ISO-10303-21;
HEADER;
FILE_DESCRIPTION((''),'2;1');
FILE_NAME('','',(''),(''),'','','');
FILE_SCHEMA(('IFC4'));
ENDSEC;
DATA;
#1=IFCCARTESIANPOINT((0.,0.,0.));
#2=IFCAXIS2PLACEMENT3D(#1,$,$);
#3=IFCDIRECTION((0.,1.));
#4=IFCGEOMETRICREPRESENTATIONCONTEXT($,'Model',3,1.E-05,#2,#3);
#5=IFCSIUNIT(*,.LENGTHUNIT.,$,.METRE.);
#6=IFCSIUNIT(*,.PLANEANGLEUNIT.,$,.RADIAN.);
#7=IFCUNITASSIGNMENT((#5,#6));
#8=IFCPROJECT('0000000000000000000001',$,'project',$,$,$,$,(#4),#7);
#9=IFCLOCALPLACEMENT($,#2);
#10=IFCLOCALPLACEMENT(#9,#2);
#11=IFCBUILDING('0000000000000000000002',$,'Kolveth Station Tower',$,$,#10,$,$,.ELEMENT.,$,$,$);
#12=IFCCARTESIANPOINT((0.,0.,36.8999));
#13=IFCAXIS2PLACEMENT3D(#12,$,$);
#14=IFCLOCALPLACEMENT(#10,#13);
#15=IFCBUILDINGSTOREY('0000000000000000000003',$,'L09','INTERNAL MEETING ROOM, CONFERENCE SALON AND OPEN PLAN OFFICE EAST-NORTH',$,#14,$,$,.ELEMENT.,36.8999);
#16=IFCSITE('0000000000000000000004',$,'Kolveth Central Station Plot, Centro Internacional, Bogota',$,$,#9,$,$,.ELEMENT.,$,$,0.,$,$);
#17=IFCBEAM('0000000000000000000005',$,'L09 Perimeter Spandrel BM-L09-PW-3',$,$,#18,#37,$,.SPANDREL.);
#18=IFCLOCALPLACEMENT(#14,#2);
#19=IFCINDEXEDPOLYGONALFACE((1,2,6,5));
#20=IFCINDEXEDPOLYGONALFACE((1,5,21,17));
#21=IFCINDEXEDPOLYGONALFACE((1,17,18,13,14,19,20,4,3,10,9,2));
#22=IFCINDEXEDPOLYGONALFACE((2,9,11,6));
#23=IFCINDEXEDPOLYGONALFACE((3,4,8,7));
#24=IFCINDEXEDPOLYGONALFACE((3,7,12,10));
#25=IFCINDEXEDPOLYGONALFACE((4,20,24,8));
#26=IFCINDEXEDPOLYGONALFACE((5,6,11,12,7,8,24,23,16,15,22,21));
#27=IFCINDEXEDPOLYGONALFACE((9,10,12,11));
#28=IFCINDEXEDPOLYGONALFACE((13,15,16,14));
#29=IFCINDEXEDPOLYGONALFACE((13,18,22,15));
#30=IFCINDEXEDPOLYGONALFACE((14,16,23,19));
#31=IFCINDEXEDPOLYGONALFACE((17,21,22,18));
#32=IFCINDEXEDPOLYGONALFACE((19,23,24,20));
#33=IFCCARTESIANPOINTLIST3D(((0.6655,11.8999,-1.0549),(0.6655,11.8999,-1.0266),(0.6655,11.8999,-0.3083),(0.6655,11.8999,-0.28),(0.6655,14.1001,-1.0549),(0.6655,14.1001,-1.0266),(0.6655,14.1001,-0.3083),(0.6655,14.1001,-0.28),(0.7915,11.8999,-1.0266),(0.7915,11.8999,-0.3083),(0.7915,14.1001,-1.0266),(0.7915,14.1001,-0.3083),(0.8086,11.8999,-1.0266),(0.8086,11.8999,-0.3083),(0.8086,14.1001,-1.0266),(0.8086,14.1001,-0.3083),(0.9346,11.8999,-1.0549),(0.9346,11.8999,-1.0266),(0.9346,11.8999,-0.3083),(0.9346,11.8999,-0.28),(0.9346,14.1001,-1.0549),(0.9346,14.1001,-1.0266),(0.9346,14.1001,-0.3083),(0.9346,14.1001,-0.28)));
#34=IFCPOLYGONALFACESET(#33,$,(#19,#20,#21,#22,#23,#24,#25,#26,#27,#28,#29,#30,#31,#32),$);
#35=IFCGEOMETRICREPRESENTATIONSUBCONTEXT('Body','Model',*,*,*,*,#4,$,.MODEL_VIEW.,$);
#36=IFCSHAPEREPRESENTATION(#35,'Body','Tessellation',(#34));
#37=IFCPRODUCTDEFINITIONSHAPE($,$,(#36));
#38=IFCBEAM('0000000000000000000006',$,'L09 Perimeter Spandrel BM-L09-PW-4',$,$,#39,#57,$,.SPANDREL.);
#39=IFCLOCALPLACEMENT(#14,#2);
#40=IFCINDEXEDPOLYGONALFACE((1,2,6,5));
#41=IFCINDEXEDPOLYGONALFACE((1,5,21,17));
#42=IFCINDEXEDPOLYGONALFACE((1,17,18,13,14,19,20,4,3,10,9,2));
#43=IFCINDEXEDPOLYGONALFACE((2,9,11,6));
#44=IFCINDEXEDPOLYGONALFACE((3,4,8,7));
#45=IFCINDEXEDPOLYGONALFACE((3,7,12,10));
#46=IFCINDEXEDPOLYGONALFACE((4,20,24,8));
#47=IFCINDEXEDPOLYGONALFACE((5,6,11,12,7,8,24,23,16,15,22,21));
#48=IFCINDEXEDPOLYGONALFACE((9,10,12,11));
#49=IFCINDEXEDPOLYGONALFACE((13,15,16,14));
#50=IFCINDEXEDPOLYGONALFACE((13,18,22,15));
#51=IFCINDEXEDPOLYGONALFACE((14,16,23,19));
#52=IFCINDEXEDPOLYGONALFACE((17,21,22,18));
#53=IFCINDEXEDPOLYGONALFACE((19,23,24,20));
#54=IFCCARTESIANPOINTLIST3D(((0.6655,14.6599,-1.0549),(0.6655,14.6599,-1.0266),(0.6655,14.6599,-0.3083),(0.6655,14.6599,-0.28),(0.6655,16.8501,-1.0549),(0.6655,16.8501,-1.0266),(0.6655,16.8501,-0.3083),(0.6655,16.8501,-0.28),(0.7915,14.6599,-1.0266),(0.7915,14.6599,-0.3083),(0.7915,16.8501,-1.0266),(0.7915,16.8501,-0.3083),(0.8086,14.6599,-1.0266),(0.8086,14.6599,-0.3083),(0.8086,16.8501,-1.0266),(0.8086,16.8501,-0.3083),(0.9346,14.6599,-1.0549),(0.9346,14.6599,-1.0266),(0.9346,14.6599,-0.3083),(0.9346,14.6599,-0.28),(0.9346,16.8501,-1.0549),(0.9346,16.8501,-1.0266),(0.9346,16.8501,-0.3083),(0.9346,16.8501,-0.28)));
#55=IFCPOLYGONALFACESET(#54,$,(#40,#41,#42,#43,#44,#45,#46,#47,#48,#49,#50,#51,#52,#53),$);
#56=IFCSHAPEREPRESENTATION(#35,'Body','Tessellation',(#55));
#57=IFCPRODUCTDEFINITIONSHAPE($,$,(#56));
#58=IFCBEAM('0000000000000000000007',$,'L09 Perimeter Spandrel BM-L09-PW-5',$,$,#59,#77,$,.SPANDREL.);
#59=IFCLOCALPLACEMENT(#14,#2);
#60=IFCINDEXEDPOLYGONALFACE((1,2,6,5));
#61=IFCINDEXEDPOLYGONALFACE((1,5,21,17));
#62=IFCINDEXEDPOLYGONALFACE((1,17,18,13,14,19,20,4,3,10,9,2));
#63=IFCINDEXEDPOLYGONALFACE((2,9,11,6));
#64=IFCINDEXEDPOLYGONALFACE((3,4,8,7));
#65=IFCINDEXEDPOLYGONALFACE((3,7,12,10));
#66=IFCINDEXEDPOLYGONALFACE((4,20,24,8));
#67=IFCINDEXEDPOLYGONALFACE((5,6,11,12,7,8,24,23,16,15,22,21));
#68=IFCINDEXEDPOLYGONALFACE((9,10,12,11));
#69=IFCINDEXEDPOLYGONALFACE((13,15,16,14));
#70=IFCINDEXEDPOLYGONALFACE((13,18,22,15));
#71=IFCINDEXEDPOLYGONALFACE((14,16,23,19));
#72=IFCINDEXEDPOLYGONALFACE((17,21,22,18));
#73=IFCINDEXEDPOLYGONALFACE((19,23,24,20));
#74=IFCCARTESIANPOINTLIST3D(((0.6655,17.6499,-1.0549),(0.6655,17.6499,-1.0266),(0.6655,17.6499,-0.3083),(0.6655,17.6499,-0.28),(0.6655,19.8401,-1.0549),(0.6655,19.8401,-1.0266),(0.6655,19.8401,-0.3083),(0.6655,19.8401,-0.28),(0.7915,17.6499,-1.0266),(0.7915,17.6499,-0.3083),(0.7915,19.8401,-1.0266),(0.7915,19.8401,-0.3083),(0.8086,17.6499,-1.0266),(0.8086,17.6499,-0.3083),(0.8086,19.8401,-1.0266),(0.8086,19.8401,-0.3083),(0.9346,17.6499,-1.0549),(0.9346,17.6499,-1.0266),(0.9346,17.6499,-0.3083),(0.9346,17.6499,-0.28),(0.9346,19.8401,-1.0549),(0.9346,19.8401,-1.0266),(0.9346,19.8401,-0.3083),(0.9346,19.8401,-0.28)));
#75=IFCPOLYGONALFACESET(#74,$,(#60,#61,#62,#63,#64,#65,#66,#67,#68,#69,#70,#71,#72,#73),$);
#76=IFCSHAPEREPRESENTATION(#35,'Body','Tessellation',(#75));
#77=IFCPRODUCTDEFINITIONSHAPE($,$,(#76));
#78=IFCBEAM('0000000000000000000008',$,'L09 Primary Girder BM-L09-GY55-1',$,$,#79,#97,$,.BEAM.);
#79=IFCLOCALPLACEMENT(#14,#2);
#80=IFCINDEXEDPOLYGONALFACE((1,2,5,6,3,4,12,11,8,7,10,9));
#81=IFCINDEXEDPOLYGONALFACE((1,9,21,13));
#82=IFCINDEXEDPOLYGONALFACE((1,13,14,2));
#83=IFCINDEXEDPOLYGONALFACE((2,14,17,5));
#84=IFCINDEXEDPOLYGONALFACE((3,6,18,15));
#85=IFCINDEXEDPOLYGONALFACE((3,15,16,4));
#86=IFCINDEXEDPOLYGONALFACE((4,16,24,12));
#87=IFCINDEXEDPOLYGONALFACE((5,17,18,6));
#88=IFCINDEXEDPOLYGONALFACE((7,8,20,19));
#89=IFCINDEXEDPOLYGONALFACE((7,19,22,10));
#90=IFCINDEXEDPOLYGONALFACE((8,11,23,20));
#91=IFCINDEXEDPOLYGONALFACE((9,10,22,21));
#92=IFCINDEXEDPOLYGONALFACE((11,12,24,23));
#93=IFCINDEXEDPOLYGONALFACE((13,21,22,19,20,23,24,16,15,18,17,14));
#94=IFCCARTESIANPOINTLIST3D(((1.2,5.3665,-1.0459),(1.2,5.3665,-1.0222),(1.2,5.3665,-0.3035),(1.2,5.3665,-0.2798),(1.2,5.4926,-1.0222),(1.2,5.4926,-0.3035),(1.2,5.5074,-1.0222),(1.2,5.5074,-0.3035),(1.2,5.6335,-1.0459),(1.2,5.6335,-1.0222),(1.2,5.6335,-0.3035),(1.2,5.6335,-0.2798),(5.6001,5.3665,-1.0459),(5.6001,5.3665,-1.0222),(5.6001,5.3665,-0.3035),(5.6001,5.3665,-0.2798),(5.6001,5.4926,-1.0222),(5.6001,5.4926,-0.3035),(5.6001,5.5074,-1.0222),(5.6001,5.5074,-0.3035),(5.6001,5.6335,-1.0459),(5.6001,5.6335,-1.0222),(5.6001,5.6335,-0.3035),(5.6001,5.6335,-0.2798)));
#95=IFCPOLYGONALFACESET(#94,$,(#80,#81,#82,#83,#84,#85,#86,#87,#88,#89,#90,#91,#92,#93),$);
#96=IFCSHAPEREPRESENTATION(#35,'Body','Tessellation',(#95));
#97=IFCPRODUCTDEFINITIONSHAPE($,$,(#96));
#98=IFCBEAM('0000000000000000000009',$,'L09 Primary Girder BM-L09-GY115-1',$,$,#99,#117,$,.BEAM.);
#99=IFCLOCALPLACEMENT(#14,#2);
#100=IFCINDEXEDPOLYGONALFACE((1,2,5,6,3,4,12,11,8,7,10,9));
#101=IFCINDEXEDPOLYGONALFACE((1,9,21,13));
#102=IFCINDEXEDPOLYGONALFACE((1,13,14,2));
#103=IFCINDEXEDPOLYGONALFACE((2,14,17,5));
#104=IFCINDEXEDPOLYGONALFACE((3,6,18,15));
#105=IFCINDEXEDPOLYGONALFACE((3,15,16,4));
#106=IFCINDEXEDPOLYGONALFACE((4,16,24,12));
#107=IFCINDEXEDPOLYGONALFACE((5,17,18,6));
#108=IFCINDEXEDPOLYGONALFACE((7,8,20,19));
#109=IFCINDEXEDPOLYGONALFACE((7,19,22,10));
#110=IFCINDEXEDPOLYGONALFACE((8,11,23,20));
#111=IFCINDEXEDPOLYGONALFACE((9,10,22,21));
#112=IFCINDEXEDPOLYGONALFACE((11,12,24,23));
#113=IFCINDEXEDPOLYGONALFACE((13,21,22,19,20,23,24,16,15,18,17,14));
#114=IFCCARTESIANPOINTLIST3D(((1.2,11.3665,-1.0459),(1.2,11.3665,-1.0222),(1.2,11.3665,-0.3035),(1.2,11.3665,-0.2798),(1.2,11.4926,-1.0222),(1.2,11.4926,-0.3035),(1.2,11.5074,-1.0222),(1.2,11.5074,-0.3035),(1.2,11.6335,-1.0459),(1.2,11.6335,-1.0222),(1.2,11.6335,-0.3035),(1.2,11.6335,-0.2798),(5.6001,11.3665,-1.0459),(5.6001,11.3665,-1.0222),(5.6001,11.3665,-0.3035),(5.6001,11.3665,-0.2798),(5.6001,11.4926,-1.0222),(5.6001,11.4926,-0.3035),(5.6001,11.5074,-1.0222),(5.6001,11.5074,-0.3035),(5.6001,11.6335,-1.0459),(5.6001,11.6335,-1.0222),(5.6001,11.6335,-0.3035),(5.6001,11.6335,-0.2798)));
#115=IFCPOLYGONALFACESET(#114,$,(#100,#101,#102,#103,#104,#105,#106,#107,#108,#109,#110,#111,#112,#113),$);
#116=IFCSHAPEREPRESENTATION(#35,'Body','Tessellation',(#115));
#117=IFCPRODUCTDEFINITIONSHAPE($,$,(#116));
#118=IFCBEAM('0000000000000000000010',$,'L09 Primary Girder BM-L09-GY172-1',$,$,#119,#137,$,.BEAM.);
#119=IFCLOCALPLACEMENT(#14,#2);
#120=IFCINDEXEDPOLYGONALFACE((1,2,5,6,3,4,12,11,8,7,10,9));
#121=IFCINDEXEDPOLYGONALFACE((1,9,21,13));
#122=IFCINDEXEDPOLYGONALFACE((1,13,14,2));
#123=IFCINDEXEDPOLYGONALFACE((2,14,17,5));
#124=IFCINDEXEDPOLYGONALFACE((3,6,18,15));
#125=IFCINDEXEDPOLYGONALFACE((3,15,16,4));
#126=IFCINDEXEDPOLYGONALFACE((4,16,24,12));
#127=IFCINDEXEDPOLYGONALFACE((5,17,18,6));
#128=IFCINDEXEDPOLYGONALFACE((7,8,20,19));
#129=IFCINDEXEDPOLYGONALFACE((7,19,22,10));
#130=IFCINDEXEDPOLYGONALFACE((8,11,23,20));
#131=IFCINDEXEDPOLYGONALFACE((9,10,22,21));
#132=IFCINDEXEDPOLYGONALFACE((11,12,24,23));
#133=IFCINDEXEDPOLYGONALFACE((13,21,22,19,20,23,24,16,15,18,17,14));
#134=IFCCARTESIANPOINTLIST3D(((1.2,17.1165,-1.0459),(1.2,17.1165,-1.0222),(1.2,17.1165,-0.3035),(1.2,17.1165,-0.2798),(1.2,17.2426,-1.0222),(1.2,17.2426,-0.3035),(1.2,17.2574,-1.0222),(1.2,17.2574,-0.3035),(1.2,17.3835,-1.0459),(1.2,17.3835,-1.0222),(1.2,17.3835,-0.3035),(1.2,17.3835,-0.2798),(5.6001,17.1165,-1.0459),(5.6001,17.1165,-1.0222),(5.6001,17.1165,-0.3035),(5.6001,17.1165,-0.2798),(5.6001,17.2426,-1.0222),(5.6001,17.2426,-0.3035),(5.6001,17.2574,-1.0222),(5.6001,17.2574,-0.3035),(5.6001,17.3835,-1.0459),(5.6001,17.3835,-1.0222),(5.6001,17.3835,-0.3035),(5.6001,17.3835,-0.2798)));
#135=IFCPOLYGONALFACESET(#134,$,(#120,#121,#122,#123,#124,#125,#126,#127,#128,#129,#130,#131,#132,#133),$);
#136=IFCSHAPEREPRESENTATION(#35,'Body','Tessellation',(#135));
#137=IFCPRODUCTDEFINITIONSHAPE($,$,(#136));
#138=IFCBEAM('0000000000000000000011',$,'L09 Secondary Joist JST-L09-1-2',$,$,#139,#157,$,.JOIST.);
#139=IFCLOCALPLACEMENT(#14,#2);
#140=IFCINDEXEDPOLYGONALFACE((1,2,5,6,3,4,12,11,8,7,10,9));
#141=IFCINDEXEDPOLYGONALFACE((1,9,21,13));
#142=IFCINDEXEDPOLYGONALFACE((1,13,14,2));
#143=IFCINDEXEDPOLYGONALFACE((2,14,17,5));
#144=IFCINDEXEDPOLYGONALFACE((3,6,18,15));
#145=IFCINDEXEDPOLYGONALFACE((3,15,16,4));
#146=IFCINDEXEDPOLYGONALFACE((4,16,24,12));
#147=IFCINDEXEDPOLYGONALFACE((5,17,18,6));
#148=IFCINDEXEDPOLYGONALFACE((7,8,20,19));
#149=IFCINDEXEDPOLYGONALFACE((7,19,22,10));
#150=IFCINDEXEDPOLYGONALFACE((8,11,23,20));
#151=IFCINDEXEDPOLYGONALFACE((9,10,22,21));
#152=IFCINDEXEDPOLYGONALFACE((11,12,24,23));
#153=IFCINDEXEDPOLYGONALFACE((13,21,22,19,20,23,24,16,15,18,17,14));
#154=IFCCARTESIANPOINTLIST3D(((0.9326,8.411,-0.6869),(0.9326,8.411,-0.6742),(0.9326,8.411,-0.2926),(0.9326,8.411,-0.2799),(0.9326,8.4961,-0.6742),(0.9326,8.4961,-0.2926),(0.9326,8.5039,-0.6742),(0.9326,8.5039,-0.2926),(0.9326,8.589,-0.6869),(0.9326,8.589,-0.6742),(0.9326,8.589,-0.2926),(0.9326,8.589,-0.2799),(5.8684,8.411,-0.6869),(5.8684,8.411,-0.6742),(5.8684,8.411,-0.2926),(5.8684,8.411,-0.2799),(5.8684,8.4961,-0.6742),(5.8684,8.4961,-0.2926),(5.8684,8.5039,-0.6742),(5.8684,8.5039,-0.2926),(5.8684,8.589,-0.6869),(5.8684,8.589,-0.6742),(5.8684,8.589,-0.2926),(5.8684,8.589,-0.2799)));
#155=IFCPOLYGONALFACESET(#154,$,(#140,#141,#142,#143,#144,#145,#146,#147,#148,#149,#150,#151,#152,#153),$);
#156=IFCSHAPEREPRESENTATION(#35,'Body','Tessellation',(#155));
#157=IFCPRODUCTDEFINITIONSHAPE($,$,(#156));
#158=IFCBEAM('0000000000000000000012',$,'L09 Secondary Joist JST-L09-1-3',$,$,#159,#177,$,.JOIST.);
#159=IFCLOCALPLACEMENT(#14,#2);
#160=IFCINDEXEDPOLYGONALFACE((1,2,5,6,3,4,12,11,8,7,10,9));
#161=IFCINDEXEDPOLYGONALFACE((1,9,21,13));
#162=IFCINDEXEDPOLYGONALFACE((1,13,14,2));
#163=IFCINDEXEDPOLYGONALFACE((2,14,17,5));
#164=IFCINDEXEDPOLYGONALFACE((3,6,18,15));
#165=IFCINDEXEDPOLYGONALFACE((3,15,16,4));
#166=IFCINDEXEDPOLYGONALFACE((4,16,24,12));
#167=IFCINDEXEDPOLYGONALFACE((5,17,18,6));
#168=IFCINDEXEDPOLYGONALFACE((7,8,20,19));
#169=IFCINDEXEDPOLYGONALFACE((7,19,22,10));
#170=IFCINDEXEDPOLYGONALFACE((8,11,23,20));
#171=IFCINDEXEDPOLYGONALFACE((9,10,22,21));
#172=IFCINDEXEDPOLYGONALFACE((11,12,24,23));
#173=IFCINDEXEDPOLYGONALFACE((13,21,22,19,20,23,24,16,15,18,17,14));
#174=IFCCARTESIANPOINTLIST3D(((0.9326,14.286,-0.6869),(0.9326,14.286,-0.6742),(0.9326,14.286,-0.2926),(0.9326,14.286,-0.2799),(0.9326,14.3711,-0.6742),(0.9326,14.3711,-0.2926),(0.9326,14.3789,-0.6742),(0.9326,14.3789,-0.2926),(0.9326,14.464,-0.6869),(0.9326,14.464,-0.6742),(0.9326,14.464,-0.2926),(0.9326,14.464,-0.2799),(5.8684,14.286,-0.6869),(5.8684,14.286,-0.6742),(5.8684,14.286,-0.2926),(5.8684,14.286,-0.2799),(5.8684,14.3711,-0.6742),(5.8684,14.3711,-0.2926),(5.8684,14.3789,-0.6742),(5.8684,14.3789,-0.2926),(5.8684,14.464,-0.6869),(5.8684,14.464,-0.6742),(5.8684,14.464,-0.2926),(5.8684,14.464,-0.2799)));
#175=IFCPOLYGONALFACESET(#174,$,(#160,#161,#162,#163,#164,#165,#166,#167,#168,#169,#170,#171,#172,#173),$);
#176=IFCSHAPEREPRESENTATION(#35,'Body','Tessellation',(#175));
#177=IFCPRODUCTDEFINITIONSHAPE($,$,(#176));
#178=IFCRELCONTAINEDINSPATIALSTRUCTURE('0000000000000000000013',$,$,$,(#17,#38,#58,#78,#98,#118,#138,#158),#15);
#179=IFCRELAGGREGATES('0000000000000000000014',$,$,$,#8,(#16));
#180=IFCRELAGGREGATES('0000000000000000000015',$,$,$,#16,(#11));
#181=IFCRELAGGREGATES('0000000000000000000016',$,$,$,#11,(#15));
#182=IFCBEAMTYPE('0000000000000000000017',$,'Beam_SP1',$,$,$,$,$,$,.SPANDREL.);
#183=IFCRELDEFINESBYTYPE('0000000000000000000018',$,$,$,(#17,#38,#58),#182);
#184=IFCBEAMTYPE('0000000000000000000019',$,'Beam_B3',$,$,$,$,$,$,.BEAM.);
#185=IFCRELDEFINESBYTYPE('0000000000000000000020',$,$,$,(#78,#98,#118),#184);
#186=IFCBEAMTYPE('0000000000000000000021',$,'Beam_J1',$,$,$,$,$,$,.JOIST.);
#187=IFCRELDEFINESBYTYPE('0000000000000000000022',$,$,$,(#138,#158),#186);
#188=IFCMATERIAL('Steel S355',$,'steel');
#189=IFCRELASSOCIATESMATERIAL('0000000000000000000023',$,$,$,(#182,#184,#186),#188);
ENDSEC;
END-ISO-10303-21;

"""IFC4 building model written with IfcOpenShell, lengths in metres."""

from ifc_helpers import new_model, si_unit, direction, frame, origin, origin_2d, place, context, subcontext, project, spatial, i_section, extrude, source, transform, mapped, material, material_profile, profile_set, type_object, element, save


model = new_model("IFC4")

# Units and contexts
model_context = context("Model", 3, precision=1e-05, world=origin(), true_north=direction((0.0, 1.0)))
body_context = subcontext(model_context, "Body", "Model", "MODEL_VIEW")
ifc_project = project(units=[si_unit("LENGTHUNIT", "METRE"), si_unit("PLANEANGLEUNIT", "RADIAN")], contexts=[model_context])

# Site, building, storey
site_placement = place(None, origin())
site = spatial("IfcSite", under=ifc_project, at=site_placement, Name="Kolveth Central Station Plot, Centro Internacional, Bogota", CompositionType="ELEMENT", RefElevation=0.0)
building_placement = place(site_placement, origin())
building = spatial("IfcBuilding", under=site, at=building_placement, Name="Kolveth Station Tower", CompositionType="ELEMENT")
storey_placement = place(building_placement, frame((0.0, 0.0, 36.8999)))
storey = spatial("IfcBuildingStorey", under=building, at=storey_placement, Name="L09", Description="INTERNAL MEETING ROOM, CONFERENCE SALON AND OPEN PLAN OFFICE EAST-NORTH", CompositionType="ELEMENT", Elevation=36.8999)

# Shared definitions
ifc_material_1 = material(Name="Steel S355", Category="steel")

# Beams
ifc_material_profile_1 = material_profile(ifc_material_1, i_section(OverallWidth=0.269, OverallDepth=0.7749, WebThickness=0.0171, FlangeThickness=0.0283, at=origin_2d()), Name="W760x220")
ifc_profile_set_1 = profile_set([ifc_material_profile_1], Name="Steel S355")
beam_type_1 = type_object("IfcBeamType", Name="Beam_SP1", PredefinedType="SPANDREL", material=ifc_profile_set_1)
shared_shape_1 = source(origin(), body_context, "Body", "SweptSolid", [
    extrude(i_section(OverallWidth=0.269, OverallDepth=0.7749, WebThickness=0.0171, FlangeThickness=0.0283, at=origin_2d()), origin(), (0.0, 0.0, 1.0), 2.2002),
])
beam_1_placement = place(storey_placement, frame((0.8, 11.8999, -0.6675), z_axis=(0.0, 1.0, 0.0), x_axis=(-1.0, 0.0, 0.0)))
element("IfcBeam", 1, at=beam_1_placement, inside=storey, type_object=beam_type_1, Name="L09 Perimeter Spandrel BM-L09-PW-3", PredefinedType="SPANDREL", context=body_context, shape_type="MappedRepresentation", body=[
    mapped(shared_shape_1, transform((0.0, 0.0, 0.0), x_axis=(1.0, 0.0, 0.0), y_axis=(0.0, 1.0, 0.0), z_axis=(0.0, 0.0, 1.0), scale=1.0)),
])
shared_shape_2 = source(origin(), body_context, "Body", "SweptSolid", [
    extrude(i_section(OverallWidth=0.269, OverallDepth=0.7749, WebThickness=0.0171, FlangeThickness=0.0283, at=origin_2d()), origin(), (0.0, 0.0, 1.0), 2.1902),
])
for number, where, z_axis, x_axis, name in (
    (2, (0.8, 14.6599, -0.6675), (0.0, 1.0, 0.0), (-1.0, 0.0, 0.0), "L09 Perimeter Spandrel BM-L09-PW-4"),
    (3, (0.8, 17.6499, -0.6675), (0.0, 1.0, 0.0), (-1.0, 0.0, 0.0), "L09 Perimeter Spandrel BM-L09-PW-5"),
):
    element("IfcBeam", number, at=place(storey_placement, frame(where, z_axis=z_axis, x_axis=x_axis)), inside=storey, type_object=beam_type_1, Name=name, PredefinedType="SPANDREL", context=body_context, shape_type="MappedRepresentation", body=[
        mapped(shared_shape_2, transform((0.0, 0.0, 0.0), x_axis=(1.0, 0.0, 0.0), y_axis=(0.0, 1.0, 0.0), z_axis=(0.0, 0.0, 1.0), scale=1.0)),
    ])
ifc_material_profile_2 = material_profile(ifc_material_1, i_section(OverallWidth=0.2671, OverallDepth=0.7661, WebThickness=0.0149, FlangeThickness=0.0237, at=origin_2d()), Name="W760x185")
ifc_profile_set_2 = profile_set([ifc_material_profile_2], Name="Steel S355")
beam_type_2 = type_object("IfcBeamType", Name="Beam_B3", PredefinedType="BEAM", material=ifc_profile_set_2)
shared_shape_3 = source(origin(), body_context, "Body", "SweptSolid", [
    extrude(i_section(OverallWidth=0.2671, OverallDepth=0.7661, WebThickness=0.0149, FlangeThickness=0.0237, at=origin_2d()), origin(), (0.0, 0.0, 1.0), 4.4001),
])
for number, where, z_axis, x_axis, name in (
    (4, (1.2, 5.5, -0.6628), (1.0, 0.0, 0.0), (0.0, 1.0, 0.0), "L09 Primary Girder BM-L09-GY55-1"),
    (5, (1.2, 11.5, -0.6628), (1.0, 0.0, 0.0), (0.0, 1.0, 0.0), "L09 Primary Girder BM-L09-GY115-1"),
    (6, (1.2, 17.25, -0.6628), (1.0, 0.0, 0.0), (0.0, 1.0, 0.0), "L09 Primary Girder BM-L09-GY172-1"),
):
    element("IfcBeam", number, at=place(storey_placement, frame(where, z_axis=z_axis, x_axis=x_axis)), inside=storey, type_object=beam_type_2, Name=name, PredefinedType="BEAM", context=body_context, shape_type="MappedRepresentation", body=[
        mapped(shared_shape_3, transform((0.0, 0.0, 0.0), x_axis=(1.0, 0.0, 0.0), y_axis=(0.0, 1.0, 0.0), z_axis=(0.0, 0.0, 1.0), scale=1.0)),
    ])
ifc_material_profile_3 = material_profile(ifc_material_1, i_section(OverallWidth=0.178, OverallDepth=0.407, WebThickness=0.0078, FlangeThickness=0.0127, at=origin_2d()), Name="W410x60")
ifc_profile_set_3 = profile_set([ifc_material_profile_3], Name="Steel S355")
beam_type_3 = type_object("IfcBeamType", Name="Beam_J1", PredefinedType="JOIST", material=ifc_profile_set_3)
shared_shape_4 = source(origin(), body_context, "Body", "SweptSolid", [
    extrude(i_section(OverallWidth=0.178, OverallDepth=0.407, WebThickness=0.0078, FlangeThickness=0.0127, at=origin_2d()), origin(), (0.0, 0.0, 1.0), 4.9358),
])
for number, where, z_axis, x_axis, name in (
    (7, (0.9326, 8.5, -0.4834), (1.0, 0.0, 0.0), (0.0, 1.0, 0.0), "L09 Secondary Joist JST-L09-1-2"),
    (8, (0.9326, 14.375, -0.4834), (1.0, 0.0, 0.0), (0.0, 1.0, 0.0), "L09 Secondary Joist JST-L09-1-3"),
):
    element("IfcBeam", number, at=place(storey_placement, frame(where, z_axis=z_axis, x_axis=x_axis)), inside=storey, type_object=beam_type_3, Name=name, PredefinedType="JOIST", context=body_context, shape_type="MappedRepresentation", body=[
        mapped(shared_shape_4, transform((0.0, 0.0, 0.0), x_axis=(1.0, 0.0, 0.0), y_axis=(0.0, 1.0, 0.0), z_axis=(0.0, 0.0, 1.0), scale=1.0)),
    ])

save(model, "model.ifc")
